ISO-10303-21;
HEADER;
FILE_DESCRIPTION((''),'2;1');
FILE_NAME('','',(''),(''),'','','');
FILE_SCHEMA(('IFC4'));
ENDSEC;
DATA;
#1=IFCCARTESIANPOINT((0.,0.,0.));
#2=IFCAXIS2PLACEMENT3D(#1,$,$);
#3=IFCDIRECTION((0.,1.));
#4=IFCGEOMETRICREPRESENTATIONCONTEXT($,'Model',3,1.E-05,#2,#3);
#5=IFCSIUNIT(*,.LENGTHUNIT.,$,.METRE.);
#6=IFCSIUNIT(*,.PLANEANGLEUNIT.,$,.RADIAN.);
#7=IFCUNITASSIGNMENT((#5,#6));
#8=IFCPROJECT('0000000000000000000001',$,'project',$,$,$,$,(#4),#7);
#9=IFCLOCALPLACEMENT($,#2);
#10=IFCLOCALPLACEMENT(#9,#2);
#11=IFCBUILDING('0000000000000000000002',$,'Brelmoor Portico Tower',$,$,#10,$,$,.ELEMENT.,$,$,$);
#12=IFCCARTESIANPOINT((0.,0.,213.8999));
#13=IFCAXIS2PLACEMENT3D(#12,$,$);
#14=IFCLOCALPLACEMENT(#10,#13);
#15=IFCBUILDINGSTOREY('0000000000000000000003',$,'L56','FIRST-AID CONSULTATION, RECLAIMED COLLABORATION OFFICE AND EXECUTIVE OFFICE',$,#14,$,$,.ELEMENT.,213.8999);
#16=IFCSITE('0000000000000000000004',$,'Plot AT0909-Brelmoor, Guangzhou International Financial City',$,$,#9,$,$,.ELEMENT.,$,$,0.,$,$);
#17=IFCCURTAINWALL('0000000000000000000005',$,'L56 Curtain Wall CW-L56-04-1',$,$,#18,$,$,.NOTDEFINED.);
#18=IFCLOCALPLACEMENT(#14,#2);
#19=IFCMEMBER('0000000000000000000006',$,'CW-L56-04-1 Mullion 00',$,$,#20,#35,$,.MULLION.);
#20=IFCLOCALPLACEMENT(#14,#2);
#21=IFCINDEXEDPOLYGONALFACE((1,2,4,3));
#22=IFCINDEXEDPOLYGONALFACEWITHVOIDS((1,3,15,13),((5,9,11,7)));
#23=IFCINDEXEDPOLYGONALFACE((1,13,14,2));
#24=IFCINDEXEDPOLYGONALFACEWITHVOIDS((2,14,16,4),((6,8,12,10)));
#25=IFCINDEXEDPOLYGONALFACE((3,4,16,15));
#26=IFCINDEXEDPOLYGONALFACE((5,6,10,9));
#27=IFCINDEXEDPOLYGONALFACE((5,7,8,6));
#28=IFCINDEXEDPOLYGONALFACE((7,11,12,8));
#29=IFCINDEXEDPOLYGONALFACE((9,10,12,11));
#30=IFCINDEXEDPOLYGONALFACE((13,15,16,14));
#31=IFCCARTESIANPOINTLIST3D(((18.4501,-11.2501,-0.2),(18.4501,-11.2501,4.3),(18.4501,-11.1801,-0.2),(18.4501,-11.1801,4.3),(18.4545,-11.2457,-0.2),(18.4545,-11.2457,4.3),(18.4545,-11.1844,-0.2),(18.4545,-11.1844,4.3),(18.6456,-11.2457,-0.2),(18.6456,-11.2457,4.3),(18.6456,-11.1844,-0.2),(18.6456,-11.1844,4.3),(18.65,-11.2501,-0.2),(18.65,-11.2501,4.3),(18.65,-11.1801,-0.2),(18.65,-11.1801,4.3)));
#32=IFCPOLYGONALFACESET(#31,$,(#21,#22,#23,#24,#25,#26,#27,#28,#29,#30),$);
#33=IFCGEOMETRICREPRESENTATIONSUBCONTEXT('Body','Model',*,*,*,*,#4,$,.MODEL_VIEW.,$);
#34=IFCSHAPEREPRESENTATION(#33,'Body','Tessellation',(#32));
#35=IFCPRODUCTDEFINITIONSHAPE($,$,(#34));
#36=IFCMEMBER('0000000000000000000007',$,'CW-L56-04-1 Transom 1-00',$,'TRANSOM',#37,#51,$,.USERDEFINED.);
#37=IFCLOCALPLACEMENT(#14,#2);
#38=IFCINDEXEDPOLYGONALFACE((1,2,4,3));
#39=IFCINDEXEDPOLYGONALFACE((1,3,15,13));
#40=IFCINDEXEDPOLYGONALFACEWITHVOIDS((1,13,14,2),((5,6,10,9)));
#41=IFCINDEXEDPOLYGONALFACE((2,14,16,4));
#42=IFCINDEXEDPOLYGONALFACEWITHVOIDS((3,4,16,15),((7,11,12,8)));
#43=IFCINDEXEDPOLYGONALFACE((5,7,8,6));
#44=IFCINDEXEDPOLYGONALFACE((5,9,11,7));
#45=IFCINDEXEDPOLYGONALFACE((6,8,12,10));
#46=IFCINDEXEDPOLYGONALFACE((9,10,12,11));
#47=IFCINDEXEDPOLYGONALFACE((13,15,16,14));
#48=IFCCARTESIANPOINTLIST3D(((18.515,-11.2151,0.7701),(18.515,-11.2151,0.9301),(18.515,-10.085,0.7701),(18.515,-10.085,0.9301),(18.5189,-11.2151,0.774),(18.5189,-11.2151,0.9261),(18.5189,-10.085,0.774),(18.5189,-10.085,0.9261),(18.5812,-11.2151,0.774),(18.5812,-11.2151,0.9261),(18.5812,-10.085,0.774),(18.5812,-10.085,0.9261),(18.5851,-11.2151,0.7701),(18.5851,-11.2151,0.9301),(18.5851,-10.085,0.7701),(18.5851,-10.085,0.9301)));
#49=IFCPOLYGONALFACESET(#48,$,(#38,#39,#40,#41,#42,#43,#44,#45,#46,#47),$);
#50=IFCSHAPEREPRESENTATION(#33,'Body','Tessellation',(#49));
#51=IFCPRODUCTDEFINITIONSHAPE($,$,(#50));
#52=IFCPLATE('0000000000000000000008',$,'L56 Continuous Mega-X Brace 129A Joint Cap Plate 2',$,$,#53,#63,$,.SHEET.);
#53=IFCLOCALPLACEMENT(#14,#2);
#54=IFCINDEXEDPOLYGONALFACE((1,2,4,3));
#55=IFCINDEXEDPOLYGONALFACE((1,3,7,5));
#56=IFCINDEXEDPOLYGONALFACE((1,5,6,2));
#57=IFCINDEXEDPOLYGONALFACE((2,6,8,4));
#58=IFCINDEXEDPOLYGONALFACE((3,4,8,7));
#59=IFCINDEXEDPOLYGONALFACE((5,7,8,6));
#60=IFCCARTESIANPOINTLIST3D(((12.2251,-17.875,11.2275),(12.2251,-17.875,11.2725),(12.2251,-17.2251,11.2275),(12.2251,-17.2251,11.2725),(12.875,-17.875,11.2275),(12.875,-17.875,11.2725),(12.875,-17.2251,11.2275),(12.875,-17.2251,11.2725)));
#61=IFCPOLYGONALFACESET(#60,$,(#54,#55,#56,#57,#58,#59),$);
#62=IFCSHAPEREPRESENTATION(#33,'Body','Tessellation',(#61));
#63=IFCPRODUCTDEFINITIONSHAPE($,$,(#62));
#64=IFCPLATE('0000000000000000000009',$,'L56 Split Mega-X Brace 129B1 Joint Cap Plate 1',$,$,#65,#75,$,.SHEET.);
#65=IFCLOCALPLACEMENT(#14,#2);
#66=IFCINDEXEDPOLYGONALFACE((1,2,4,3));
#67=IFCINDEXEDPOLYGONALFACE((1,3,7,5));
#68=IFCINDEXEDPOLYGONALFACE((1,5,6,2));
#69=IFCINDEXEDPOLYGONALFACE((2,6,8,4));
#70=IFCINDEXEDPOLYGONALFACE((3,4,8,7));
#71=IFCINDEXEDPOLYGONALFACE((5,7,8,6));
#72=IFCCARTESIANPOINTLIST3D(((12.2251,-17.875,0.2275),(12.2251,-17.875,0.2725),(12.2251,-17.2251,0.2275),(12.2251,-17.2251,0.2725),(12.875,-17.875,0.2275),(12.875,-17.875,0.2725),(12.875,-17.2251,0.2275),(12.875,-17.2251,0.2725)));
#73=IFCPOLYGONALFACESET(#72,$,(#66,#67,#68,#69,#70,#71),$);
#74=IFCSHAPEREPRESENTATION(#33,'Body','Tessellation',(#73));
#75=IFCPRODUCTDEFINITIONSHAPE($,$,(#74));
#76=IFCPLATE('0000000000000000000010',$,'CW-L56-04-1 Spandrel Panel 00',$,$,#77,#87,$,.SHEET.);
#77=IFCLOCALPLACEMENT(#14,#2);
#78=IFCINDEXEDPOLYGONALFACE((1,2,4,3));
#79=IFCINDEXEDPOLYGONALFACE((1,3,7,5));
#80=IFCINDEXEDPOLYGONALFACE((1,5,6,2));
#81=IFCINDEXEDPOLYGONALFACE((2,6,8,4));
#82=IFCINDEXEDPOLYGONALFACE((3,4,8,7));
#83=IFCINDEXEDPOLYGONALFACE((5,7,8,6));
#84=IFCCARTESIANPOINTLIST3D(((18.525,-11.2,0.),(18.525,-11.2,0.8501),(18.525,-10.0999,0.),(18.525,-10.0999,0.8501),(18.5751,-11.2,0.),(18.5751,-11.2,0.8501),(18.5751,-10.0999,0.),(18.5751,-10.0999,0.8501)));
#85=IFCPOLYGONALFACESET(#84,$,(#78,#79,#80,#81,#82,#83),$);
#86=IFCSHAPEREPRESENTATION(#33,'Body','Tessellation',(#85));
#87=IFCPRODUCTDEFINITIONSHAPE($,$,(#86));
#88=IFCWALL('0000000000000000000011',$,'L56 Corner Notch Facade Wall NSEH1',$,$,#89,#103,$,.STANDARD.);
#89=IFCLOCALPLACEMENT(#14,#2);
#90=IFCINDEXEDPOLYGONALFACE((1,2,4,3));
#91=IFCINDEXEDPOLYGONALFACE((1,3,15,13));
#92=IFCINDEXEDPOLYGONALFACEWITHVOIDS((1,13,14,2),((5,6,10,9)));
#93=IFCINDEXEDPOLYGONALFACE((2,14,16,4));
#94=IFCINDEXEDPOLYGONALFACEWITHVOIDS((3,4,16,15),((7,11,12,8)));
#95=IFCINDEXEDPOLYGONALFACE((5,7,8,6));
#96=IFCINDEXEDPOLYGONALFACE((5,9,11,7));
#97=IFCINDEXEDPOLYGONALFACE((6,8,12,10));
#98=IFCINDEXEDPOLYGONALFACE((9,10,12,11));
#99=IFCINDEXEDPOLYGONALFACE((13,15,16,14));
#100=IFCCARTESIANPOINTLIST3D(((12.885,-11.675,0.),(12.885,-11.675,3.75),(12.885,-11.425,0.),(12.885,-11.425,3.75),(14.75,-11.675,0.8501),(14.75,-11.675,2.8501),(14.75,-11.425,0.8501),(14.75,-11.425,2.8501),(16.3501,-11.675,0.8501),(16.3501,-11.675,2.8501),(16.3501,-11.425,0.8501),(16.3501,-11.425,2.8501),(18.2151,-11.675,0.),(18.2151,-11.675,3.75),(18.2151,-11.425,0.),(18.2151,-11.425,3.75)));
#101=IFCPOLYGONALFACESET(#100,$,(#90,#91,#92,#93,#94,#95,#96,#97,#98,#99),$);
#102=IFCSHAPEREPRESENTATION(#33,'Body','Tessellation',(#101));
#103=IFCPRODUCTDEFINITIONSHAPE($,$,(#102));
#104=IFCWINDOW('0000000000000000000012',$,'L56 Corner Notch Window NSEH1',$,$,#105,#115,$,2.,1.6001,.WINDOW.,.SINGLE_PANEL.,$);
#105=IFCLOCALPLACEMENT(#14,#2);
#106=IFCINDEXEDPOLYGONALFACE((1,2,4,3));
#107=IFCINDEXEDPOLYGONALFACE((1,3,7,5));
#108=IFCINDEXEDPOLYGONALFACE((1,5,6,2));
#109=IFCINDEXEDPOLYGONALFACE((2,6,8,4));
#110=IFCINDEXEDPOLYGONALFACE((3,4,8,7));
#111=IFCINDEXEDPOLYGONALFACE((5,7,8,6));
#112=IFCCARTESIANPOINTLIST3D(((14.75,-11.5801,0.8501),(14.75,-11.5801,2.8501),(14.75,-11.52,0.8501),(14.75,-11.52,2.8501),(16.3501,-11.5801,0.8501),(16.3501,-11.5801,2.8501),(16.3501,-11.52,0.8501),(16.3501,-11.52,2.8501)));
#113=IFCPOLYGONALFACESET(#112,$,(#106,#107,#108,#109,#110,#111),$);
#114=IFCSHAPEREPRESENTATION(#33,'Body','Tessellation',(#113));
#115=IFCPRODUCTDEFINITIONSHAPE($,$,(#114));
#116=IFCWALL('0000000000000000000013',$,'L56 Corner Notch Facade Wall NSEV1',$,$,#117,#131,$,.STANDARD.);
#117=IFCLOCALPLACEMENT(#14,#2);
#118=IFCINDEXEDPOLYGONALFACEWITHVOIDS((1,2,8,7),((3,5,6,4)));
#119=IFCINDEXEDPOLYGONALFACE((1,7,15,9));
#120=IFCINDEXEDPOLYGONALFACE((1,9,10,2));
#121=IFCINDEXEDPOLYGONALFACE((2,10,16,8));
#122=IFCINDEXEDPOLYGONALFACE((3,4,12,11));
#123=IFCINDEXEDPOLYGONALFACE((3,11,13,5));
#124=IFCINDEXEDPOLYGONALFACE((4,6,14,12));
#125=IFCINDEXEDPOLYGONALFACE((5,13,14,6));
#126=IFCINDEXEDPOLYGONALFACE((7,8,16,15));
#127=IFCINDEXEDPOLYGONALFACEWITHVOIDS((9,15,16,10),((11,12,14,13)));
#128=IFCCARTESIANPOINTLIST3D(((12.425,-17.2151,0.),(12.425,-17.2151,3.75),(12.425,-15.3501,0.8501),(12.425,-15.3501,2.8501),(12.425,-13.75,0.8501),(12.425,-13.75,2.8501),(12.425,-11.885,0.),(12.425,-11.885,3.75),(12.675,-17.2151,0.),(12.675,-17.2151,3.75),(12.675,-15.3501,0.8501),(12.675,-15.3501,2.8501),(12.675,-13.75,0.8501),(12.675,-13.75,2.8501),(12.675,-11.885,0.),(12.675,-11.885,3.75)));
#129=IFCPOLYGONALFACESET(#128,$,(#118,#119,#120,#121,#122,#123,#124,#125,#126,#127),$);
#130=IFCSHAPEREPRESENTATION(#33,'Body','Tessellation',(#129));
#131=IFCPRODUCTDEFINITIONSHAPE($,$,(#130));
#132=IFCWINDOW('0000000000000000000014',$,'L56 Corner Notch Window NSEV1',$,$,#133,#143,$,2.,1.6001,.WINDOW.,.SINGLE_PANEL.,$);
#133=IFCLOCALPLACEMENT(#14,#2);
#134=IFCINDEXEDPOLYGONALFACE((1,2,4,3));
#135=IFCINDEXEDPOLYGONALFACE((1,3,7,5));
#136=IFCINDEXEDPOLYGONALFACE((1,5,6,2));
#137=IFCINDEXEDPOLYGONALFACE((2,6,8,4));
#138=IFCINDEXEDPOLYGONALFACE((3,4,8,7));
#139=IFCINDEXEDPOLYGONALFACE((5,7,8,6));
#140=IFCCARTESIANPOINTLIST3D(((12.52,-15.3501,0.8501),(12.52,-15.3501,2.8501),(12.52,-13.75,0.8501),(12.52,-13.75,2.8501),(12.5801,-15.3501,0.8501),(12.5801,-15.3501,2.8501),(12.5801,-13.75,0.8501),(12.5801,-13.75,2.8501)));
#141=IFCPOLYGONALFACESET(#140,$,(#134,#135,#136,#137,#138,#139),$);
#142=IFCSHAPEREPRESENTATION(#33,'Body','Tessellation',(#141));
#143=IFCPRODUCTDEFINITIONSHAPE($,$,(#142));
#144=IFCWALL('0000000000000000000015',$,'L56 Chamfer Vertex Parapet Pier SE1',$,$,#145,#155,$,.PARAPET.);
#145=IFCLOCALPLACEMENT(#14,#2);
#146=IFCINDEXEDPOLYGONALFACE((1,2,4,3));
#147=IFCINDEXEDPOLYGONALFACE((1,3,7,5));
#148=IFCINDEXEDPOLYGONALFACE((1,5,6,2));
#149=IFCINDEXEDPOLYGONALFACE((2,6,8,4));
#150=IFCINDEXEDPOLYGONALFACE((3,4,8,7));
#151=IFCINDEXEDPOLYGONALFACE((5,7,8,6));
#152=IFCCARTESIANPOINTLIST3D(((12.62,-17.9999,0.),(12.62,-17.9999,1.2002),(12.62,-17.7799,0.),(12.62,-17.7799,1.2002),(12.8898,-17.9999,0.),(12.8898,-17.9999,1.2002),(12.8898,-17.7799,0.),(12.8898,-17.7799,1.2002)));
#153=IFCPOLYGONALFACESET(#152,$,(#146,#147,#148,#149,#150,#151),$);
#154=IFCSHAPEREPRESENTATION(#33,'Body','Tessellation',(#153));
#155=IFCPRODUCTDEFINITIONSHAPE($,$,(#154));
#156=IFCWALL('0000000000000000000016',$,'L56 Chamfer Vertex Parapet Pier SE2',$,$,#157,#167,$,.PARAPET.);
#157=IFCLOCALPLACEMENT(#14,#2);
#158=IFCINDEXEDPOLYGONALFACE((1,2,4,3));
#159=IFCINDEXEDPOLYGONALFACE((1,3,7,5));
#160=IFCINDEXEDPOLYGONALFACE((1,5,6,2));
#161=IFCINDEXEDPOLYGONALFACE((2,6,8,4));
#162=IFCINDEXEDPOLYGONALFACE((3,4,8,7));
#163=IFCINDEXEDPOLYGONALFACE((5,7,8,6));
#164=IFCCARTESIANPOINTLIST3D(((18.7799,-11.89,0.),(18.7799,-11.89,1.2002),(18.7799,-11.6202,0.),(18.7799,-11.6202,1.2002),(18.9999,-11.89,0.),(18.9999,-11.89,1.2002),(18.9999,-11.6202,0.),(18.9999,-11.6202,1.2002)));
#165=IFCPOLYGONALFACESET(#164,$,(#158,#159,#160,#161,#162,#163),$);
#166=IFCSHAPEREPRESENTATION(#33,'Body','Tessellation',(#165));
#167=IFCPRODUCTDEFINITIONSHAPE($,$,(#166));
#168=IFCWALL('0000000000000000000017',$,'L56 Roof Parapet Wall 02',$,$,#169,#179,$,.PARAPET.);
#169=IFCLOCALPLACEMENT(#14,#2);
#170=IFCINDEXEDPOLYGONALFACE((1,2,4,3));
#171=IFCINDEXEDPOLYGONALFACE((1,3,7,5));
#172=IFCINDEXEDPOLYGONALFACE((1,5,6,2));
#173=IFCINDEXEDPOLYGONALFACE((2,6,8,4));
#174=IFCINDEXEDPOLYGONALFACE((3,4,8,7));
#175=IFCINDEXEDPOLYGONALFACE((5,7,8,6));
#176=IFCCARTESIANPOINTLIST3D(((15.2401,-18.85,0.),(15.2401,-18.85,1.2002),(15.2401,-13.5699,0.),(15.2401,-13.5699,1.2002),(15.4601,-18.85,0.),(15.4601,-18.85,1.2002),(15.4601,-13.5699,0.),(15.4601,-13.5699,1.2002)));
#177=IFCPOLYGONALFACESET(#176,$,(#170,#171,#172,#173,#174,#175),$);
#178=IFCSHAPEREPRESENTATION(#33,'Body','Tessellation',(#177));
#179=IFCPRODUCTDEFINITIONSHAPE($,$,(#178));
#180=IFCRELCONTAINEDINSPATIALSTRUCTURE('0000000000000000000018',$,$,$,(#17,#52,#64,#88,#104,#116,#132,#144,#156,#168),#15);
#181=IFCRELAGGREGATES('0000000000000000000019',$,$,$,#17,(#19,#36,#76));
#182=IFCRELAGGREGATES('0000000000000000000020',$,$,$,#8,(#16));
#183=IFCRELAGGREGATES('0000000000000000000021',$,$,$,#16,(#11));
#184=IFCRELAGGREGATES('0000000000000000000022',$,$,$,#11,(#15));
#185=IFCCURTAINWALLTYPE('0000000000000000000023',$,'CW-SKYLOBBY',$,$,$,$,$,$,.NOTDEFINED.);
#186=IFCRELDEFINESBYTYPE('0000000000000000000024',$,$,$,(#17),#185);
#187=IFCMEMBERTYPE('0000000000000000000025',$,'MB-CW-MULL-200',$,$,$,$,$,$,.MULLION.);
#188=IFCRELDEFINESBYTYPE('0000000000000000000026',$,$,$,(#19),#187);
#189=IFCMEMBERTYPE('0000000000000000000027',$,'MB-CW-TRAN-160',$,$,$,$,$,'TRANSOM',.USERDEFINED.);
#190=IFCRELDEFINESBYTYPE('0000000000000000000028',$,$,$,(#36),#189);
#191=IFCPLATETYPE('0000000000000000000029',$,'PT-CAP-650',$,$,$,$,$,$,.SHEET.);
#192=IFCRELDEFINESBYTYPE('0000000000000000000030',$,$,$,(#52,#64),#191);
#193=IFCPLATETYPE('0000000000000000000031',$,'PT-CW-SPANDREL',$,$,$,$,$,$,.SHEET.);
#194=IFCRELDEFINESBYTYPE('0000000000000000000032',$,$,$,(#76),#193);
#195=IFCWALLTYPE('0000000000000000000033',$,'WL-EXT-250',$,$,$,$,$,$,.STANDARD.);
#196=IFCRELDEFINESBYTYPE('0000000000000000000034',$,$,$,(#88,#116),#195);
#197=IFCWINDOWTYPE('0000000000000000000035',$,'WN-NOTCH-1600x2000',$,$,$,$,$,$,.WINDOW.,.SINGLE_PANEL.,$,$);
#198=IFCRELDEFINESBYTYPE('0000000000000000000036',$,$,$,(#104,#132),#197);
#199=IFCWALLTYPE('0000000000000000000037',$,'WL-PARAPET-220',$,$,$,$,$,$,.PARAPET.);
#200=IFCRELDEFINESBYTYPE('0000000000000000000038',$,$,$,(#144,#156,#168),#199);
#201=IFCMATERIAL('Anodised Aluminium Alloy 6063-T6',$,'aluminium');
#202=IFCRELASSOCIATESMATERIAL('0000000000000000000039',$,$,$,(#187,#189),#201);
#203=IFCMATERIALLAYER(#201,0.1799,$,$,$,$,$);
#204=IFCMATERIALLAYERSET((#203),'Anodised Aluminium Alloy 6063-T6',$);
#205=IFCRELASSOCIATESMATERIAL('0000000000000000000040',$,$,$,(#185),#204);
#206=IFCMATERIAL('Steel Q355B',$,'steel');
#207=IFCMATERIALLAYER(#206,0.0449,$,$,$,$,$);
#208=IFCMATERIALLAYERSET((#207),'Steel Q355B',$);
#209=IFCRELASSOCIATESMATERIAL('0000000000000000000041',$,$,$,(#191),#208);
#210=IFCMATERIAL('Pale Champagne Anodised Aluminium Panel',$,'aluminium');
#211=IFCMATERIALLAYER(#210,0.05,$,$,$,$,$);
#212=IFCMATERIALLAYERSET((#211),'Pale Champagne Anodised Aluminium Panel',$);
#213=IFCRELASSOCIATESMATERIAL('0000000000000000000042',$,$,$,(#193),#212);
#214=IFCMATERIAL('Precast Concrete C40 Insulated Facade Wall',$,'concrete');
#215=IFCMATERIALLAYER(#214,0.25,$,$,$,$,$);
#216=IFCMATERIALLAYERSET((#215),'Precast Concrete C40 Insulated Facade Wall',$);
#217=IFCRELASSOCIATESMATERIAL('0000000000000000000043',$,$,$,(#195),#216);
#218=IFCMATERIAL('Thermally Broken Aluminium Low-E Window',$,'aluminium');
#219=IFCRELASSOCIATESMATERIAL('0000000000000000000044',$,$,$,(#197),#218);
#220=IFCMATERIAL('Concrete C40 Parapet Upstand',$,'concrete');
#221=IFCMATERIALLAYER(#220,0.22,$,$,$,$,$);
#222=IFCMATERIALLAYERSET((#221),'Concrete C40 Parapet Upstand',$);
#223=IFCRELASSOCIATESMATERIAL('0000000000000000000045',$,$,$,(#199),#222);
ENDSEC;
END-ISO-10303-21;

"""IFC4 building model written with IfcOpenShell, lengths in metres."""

from ifc_helpers import new_model, si_unit, direction, frame, frame_2d, origin, origin_2d, place, context, subcontext, project, spatial, rectangle, hollow_rectangle, extrude, material, layer, layer_set, material_profile, profile_set, type_object, element, fill, aggregate, save


model = new_model("IFC4")

# Units and contexts
model_context = context("Model", 3, precision=1e-05, world=origin(), true_north=direction((0.0, 1.0)))
body_context = subcontext(model_context, "Body", "Model", "MODEL_VIEW")
ifc_project = project(units=[si_unit("LENGTHUNIT", "METRE"), si_unit("PLANEANGLEUNIT", "RADIAN")], contexts=[model_context])

# Site, building, storey
site_placement = place(None, origin())
site = spatial("IfcSite", under=ifc_project, at=site_placement, Name="Plot AT0909-Brelmoor, Guangzhou International Financial City", CompositionType="ELEMENT", RefElevation=0.0)
building_placement = place(site_placement, origin())
building = spatial("IfcBuilding", under=site, at=building_placement, Name="Brelmoor Portico Tower", CompositionType="ELEMENT")
storey_placement = place(building_placement, frame((0.0, 0.0, 213.8999)))
storey = spatial("IfcBuildingStorey", under=building, at=storey_placement, Name="L56", Description="FIRST-AID CONSULTATION, RECLAIMED COLLABORATION OFFICE AND EXECUTIVE OFFICE", CompositionType="ELEMENT", Elevation=213.8999)

# Shared definitions
ifc_material_1 = material(Name="Steel Q355B", Category="steel")

# Shared definitions
ifc_material_2 = material(Name="Anodised Aluminium Alloy 6063-T6", Category="aluminium")
ifc_material_profile_1 = material_profile(ifc_material_2, hollow_rectangle(XDim=0.0701, YDim=0.2, WallThickness=0.0044, at=origin_2d()), Name="ALU MULLION 70x200")
ifc_profile_set_1 = profile_set([ifc_material_profile_1], Name="Anodised Aluminium Alloy 6063-T6")
member_type_1 = type_object("IfcMemberType", Name="MB-CW-MULL-200", PredefinedType="MULLION", material=ifc_profile_set_1)

# Curtain wall, members
ifc_layer_1 = layer(ifc_material_2, 0.1799)
ifc_layer_set_1 = layer_set([ifc_layer_1], Name="Anodised Aluminium Alloy 6063-T6")
curtain_wall_type_1 = type_object("IfcCurtainWallType", Name="CW-SKYLOBBY", PredefinedType="NOTDEFINED", material=ifc_layer_set_1)
curtain_wall_1_placement = place(storey_placement, origin())
curtain_wall_1 = element("IfcCurtainWall", 1, at=curtain_wall_1_placement, inside=storey, type_object=curtain_wall_type_1, Name="L56 Curtain Wall CW-L56-04-1", PredefinedType="NOTDEFINED")
member_1_placement = place(storey_placement, frame((18.55, -11.2151, -0.2), z_axis=(0.0, 0.0, 1.0), x_axis=(0.0, 1.0, 0.0)))
member_1 = element("IfcMember", 2, at=member_1_placement, type_object=member_type_1, Name="CW-L56-04-1 Mullion 00", PredefinedType="MULLION", context=body_context, shape_type="SweptSolid", body=[
    extrude(hollow_rectangle(XDim=0.0701, YDim=0.2, WallThickness=0.0044, at=origin_2d()), origin(), (0.0, 0.0, 1.0), 4.5),
])
ifc_material_profile_2 = material_profile(ifc_material_2, hollow_rectangle(XDim=0.0701, YDim=0.1599, WallThickness=0.0039, at=origin_2d()), Name="ALU TRANSOM 70x160")
ifc_profile_set_2 = profile_set([ifc_material_profile_2], Name="Anodised Aluminium Alloy 6063-T6")
member_type_2 = type_object("IfcMemberType", Name="MB-CW-TRAN-160", ElementType="TRANSOM", PredefinedType="USERDEFINED", material=ifc_profile_set_2)
member_2_placement = place(storey_placement, frame((18.55, -11.2151, 0.8501), z_axis=(0.0, 1.0, 0.0), x_axis=(-1.0, 0.0, 0.0)))
member_2 = element("IfcMember", 3, at=member_2_placement, type_object=member_type_2, Name="CW-L56-04-1 Transom 1-00", ObjectType="TRANSOM", PredefinedType="USERDEFINED", context=body_context, shape_type="SweptSolid", body=[
    extrude(hollow_rectangle(XDim=0.0701, YDim=0.1599, WallThickness=0.0039, at=origin_2d()), origin(), (0.0, 0.0, 1.0), 1.1301),
])

# Plates
ifc_layer_2 = layer(ifc_material_1, 0.0449)
ifc_layer_set_2 = layer_set([ifc_layer_2], Name="Steel Q355B")
plate_type_1 = type_object("IfcPlateType", Name="PT-CAP-650", PredefinedType="SHEET", material=ifc_layer_set_2)
for number, where, z_axis, x_axis, name in (
    (4, (12.55, -17.55, 11.2275), (0.0, 0.0, 1.0), (1.0, 0.0, 0.0), "L56 Continuous Mega-X Brace 129A Joint Cap Plate 2"),
    (5, (12.55, -17.55, 0.2275), (0.0, 0.0, 1.0), (1.0, 0.0, 0.0), "L56 Split Mega-X Brace 129B1 Joint Cap Plate 1"),
):
    element("IfcPlate", number, at=place(storey_placement, frame(where, z_axis=z_axis, x_axis=x_axis)), inside=storey, type_object=plate_type_1, Name=name, PredefinedType="SHEET", context=body_context, shape_type="SweptSolid", body=[
        extrude(rectangle(XDim=0.6499, YDim=0.6499, at=origin_2d()), origin(), (0.0, 0.0, 1.0), 0.0449),
    ])

# Plate
ifc_material_3 = material(Name="Pale Champagne Anodised Aluminium Panel", Category="aluminium")
ifc_layer_3 = layer(ifc_material_3, 0.05)
ifc_layer_set_3 = layer_set([ifc_layer_3], Name="Pale Champagne Anodised Aluminium Panel")
plate_type_2 = type_object("IfcPlateType", Name="PT-CW-SPANDREL", PredefinedType="SHEET", material=ifc_layer_set_3)
plate_placement = place(storey_placement, frame((18.55, -10.6499, 0.0), z_axis=(0.0, 0.0, 1.0), x_axis=(0.0, 1.0, 0.0)))
plate = element("IfcPlate", 6, at=plate_placement, type_object=plate_type_2, Name="CW-L56-04-1 Spandrel Panel 00", PredefinedType="SHEET", context=body_context, shape_type="SweptSolid", body=[
    extrude(rectangle(XDim=1.1001, YDim=0.05, at=origin_2d()), origin(), (0.0, 0.0, 1.0), 0.8501),
])
aggregate(curtain_wall_1, [member_1, member_2, plate])

# Walls, openings, windows
ifc_material_4 = material(Name="Precast Concrete C40 Insulated Facade Wall", Category="concrete")
ifc_layer_4 = layer(ifc_material_4, 0.25)
ifc_layer_set_4 = layer_set([ifc_layer_4], Name="Precast Concrete C40 Insulated Facade Wall")
wall_type_1 = type_object("IfcWallType", Name="WL-EXT-250", PredefinedType="STANDARD", material=ifc_layer_set_4)
wall_1_placement = place(storey_placement, frame((12.885, -11.55, 0.0), z_axis=(0.0, 0.0, 1.0), x_axis=(1.0, 0.0, 0.0)))
wall_1 = element("IfcWall", 7, at=wall_1_placement, inside=storey, type_object=wall_type_1, Name="L56 Corner Notch Facade Wall NSEH1", PredefinedType="STANDARD", context=body_context, shape_type="SweptSolid", body=[
    extrude(rectangle(XDim=5.3301, YDim=0.25, at=frame_2d((2.665, 0.0))), origin(), (0.0, 0.0, 1.0), 3.75),
])
opening_1_placement = place(wall_1_placement, frame((1.865, 0.0, 0.8501)))
opening_1 = element("IfcOpeningElement", 8, at=opening_1_placement, cuts=wall_1, PredefinedType="OPENING", context=body_context, shape_type="SweptSolid", body=[
    extrude(rectangle(XDim=1.6001, YDim=2.0, at=frame_2d((0.8, 1.0))), frame((0.0, 0.135, 0.0), z_axis=(0.0, -1.0, 0.0), x_axis=(1.0, 0.0, 0.0)), (0.0, 0.0, 1.0), 0.27),
])
ifc_material_5 = material(Name="Thermally Broken Aluminium Low-E Window", Category="aluminium")
window_type = type_object("IfcWindowType", Name="WN-NOTCH-1600x2000", PartitioningType="SINGLE_PANEL", PredefinedType="WINDOW", material=ifc_material_5)
window_1_placement = place(opening_1_placement, origin())
window_1 = element("IfcWindow", 9, at=window_1_placement, inside=storey, type_object=window_type, Name="L56 Corner Notch Window NSEH1", OverallHeight=2.0, OverallWidth=1.6001, PartitioningType="SINGLE_PANEL", PredefinedType="WINDOW", context=body_context, shape_type="SweptSolid", body=[
    extrude(rectangle(XDim=1.6001, YDim=2.0, at=frame_2d((0.8, 1.0))), frame((0.0, 0.03, 0.0), z_axis=(0.0, -1.0, 0.0), x_axis=(1.0, 0.0, 0.0)), (0.0, 0.0, 1.0), 0.0601),
])
fill(opening_1, window_1)
wall_2_placement = place(storey_placement, frame((12.55, -17.2151, 0.0), z_axis=(0.0, 0.0, 1.0), x_axis=(0.0, 1.0, 0.0)))
wall_2 = element("IfcWall", 10, at=wall_2_placement, inside=storey, type_object=wall_type_1, Name="L56 Corner Notch Facade Wall NSEV1", PredefinedType="STANDARD", context=body_context, shape_type="SweptSolid", body=[
    extrude(rectangle(XDim=5.3301, YDim=0.25, at=frame_2d((2.665, 0.0))), origin(), (0.0, 0.0, 1.0), 3.75),
])
opening_2_placement = place(wall_2_placement, frame((1.865, 0.0, 0.8501)))
opening_2 = element("IfcOpeningElement", 11, at=opening_2_placement, cuts=wall_2, PredefinedType="OPENING", context=body_context, shape_type="SweptSolid", body=[
    extrude(rectangle(XDim=1.6001, YDim=2.0, at=frame_2d((0.8, 1.0))), frame((0.0, 0.135, 0.0), z_axis=(0.0, -1.0, 0.0), x_axis=(1.0, 0.0, 0.0)), (0.0, 0.0, 1.0), 0.27),
])
window_2_placement = place(opening_2_placement, origin())
window_2 = element("IfcWindow", 12, at=window_2_placement, inside=storey, type_object=window_type, Name="L56 Corner Notch Window NSEV1", OverallHeight=2.0, OverallWidth=1.6001, PartitioningType="SINGLE_PANEL", PredefinedType="WINDOW", context=body_context, shape_type="SweptSolid", body=[
    extrude(rectangle(XDim=1.6001, YDim=2.0, at=frame_2d((0.8, 1.0))), frame((0.0, 0.03, 0.0), z_axis=(0.0, -1.0, 0.0), x_axis=(1.0, 0.0, 0.0)), (0.0, 0.0, 1.0), 0.0601),
])
fill(opening_2, window_2)

# Walls
ifc_material_6 = material(Name="Concrete C40 Parapet Upstand", Category="concrete")
ifc_layer_5 = layer(ifc_material_6, 0.22)
ifc_layer_set_5 = layer_set([ifc_layer_5], Name="Concrete C40 Parapet Upstand")
wall_type_2 = type_object("IfcWallType", Name="WL-PARAPET-220", PredefinedType="PARAPET", material=ifc_layer_set_5)
for number, where, z_axis, x_axis, name in (
    (13, (12.6201, -17.8899, 0.0), (0.0, 0.0, 1.0), (1.0, 0.0, 0.0), "L56 Chamfer Vertex Parapet Pier SE1"),
    (14, (18.8899, -11.8899, 0.0), (0.0, 0.0, 1.0), (0.0, 1.0, 0.0), "L56 Chamfer Vertex Parapet Pier SE2"),
):
    element("IfcWall", number, at=place(storey_placement, frame(where, z_axis=z_axis, x_axis=x_axis)), inside=storey, type_object=wall_type_2, Name=name, PredefinedType="PARAPET", context=body_context, shape_type="SweptSolid", body=[
        extrude(rectangle(XDim=0.2698, YDim=0.22, at=frame_2d((0.1348, 0.0))), origin(), (0.0, 0.0, 1.0), 1.2002),
    ])
wall_3_placement = place(storey_placement, frame((15.3501, -18.8501, 0.0), z_axis=(0.0, 0.0, 1.0), x_axis=(0.0, 1.0, 0.0)))
element("IfcWall", 15, at=wall_3_placement, inside=storey, type_object=wall_type_2, Name="L56 Roof Parapet Wall 02", PredefinedType="PARAPET", context=body_context, shape_type="SweptSolid", body=[
    extrude(rectangle(XDim=5.28, YDim=0.22, at=frame_2d((2.6401, 0.0))), origin(), (0.0, 0.0, 1.0), 1.2002),
])

save(model, "model.ifc")
